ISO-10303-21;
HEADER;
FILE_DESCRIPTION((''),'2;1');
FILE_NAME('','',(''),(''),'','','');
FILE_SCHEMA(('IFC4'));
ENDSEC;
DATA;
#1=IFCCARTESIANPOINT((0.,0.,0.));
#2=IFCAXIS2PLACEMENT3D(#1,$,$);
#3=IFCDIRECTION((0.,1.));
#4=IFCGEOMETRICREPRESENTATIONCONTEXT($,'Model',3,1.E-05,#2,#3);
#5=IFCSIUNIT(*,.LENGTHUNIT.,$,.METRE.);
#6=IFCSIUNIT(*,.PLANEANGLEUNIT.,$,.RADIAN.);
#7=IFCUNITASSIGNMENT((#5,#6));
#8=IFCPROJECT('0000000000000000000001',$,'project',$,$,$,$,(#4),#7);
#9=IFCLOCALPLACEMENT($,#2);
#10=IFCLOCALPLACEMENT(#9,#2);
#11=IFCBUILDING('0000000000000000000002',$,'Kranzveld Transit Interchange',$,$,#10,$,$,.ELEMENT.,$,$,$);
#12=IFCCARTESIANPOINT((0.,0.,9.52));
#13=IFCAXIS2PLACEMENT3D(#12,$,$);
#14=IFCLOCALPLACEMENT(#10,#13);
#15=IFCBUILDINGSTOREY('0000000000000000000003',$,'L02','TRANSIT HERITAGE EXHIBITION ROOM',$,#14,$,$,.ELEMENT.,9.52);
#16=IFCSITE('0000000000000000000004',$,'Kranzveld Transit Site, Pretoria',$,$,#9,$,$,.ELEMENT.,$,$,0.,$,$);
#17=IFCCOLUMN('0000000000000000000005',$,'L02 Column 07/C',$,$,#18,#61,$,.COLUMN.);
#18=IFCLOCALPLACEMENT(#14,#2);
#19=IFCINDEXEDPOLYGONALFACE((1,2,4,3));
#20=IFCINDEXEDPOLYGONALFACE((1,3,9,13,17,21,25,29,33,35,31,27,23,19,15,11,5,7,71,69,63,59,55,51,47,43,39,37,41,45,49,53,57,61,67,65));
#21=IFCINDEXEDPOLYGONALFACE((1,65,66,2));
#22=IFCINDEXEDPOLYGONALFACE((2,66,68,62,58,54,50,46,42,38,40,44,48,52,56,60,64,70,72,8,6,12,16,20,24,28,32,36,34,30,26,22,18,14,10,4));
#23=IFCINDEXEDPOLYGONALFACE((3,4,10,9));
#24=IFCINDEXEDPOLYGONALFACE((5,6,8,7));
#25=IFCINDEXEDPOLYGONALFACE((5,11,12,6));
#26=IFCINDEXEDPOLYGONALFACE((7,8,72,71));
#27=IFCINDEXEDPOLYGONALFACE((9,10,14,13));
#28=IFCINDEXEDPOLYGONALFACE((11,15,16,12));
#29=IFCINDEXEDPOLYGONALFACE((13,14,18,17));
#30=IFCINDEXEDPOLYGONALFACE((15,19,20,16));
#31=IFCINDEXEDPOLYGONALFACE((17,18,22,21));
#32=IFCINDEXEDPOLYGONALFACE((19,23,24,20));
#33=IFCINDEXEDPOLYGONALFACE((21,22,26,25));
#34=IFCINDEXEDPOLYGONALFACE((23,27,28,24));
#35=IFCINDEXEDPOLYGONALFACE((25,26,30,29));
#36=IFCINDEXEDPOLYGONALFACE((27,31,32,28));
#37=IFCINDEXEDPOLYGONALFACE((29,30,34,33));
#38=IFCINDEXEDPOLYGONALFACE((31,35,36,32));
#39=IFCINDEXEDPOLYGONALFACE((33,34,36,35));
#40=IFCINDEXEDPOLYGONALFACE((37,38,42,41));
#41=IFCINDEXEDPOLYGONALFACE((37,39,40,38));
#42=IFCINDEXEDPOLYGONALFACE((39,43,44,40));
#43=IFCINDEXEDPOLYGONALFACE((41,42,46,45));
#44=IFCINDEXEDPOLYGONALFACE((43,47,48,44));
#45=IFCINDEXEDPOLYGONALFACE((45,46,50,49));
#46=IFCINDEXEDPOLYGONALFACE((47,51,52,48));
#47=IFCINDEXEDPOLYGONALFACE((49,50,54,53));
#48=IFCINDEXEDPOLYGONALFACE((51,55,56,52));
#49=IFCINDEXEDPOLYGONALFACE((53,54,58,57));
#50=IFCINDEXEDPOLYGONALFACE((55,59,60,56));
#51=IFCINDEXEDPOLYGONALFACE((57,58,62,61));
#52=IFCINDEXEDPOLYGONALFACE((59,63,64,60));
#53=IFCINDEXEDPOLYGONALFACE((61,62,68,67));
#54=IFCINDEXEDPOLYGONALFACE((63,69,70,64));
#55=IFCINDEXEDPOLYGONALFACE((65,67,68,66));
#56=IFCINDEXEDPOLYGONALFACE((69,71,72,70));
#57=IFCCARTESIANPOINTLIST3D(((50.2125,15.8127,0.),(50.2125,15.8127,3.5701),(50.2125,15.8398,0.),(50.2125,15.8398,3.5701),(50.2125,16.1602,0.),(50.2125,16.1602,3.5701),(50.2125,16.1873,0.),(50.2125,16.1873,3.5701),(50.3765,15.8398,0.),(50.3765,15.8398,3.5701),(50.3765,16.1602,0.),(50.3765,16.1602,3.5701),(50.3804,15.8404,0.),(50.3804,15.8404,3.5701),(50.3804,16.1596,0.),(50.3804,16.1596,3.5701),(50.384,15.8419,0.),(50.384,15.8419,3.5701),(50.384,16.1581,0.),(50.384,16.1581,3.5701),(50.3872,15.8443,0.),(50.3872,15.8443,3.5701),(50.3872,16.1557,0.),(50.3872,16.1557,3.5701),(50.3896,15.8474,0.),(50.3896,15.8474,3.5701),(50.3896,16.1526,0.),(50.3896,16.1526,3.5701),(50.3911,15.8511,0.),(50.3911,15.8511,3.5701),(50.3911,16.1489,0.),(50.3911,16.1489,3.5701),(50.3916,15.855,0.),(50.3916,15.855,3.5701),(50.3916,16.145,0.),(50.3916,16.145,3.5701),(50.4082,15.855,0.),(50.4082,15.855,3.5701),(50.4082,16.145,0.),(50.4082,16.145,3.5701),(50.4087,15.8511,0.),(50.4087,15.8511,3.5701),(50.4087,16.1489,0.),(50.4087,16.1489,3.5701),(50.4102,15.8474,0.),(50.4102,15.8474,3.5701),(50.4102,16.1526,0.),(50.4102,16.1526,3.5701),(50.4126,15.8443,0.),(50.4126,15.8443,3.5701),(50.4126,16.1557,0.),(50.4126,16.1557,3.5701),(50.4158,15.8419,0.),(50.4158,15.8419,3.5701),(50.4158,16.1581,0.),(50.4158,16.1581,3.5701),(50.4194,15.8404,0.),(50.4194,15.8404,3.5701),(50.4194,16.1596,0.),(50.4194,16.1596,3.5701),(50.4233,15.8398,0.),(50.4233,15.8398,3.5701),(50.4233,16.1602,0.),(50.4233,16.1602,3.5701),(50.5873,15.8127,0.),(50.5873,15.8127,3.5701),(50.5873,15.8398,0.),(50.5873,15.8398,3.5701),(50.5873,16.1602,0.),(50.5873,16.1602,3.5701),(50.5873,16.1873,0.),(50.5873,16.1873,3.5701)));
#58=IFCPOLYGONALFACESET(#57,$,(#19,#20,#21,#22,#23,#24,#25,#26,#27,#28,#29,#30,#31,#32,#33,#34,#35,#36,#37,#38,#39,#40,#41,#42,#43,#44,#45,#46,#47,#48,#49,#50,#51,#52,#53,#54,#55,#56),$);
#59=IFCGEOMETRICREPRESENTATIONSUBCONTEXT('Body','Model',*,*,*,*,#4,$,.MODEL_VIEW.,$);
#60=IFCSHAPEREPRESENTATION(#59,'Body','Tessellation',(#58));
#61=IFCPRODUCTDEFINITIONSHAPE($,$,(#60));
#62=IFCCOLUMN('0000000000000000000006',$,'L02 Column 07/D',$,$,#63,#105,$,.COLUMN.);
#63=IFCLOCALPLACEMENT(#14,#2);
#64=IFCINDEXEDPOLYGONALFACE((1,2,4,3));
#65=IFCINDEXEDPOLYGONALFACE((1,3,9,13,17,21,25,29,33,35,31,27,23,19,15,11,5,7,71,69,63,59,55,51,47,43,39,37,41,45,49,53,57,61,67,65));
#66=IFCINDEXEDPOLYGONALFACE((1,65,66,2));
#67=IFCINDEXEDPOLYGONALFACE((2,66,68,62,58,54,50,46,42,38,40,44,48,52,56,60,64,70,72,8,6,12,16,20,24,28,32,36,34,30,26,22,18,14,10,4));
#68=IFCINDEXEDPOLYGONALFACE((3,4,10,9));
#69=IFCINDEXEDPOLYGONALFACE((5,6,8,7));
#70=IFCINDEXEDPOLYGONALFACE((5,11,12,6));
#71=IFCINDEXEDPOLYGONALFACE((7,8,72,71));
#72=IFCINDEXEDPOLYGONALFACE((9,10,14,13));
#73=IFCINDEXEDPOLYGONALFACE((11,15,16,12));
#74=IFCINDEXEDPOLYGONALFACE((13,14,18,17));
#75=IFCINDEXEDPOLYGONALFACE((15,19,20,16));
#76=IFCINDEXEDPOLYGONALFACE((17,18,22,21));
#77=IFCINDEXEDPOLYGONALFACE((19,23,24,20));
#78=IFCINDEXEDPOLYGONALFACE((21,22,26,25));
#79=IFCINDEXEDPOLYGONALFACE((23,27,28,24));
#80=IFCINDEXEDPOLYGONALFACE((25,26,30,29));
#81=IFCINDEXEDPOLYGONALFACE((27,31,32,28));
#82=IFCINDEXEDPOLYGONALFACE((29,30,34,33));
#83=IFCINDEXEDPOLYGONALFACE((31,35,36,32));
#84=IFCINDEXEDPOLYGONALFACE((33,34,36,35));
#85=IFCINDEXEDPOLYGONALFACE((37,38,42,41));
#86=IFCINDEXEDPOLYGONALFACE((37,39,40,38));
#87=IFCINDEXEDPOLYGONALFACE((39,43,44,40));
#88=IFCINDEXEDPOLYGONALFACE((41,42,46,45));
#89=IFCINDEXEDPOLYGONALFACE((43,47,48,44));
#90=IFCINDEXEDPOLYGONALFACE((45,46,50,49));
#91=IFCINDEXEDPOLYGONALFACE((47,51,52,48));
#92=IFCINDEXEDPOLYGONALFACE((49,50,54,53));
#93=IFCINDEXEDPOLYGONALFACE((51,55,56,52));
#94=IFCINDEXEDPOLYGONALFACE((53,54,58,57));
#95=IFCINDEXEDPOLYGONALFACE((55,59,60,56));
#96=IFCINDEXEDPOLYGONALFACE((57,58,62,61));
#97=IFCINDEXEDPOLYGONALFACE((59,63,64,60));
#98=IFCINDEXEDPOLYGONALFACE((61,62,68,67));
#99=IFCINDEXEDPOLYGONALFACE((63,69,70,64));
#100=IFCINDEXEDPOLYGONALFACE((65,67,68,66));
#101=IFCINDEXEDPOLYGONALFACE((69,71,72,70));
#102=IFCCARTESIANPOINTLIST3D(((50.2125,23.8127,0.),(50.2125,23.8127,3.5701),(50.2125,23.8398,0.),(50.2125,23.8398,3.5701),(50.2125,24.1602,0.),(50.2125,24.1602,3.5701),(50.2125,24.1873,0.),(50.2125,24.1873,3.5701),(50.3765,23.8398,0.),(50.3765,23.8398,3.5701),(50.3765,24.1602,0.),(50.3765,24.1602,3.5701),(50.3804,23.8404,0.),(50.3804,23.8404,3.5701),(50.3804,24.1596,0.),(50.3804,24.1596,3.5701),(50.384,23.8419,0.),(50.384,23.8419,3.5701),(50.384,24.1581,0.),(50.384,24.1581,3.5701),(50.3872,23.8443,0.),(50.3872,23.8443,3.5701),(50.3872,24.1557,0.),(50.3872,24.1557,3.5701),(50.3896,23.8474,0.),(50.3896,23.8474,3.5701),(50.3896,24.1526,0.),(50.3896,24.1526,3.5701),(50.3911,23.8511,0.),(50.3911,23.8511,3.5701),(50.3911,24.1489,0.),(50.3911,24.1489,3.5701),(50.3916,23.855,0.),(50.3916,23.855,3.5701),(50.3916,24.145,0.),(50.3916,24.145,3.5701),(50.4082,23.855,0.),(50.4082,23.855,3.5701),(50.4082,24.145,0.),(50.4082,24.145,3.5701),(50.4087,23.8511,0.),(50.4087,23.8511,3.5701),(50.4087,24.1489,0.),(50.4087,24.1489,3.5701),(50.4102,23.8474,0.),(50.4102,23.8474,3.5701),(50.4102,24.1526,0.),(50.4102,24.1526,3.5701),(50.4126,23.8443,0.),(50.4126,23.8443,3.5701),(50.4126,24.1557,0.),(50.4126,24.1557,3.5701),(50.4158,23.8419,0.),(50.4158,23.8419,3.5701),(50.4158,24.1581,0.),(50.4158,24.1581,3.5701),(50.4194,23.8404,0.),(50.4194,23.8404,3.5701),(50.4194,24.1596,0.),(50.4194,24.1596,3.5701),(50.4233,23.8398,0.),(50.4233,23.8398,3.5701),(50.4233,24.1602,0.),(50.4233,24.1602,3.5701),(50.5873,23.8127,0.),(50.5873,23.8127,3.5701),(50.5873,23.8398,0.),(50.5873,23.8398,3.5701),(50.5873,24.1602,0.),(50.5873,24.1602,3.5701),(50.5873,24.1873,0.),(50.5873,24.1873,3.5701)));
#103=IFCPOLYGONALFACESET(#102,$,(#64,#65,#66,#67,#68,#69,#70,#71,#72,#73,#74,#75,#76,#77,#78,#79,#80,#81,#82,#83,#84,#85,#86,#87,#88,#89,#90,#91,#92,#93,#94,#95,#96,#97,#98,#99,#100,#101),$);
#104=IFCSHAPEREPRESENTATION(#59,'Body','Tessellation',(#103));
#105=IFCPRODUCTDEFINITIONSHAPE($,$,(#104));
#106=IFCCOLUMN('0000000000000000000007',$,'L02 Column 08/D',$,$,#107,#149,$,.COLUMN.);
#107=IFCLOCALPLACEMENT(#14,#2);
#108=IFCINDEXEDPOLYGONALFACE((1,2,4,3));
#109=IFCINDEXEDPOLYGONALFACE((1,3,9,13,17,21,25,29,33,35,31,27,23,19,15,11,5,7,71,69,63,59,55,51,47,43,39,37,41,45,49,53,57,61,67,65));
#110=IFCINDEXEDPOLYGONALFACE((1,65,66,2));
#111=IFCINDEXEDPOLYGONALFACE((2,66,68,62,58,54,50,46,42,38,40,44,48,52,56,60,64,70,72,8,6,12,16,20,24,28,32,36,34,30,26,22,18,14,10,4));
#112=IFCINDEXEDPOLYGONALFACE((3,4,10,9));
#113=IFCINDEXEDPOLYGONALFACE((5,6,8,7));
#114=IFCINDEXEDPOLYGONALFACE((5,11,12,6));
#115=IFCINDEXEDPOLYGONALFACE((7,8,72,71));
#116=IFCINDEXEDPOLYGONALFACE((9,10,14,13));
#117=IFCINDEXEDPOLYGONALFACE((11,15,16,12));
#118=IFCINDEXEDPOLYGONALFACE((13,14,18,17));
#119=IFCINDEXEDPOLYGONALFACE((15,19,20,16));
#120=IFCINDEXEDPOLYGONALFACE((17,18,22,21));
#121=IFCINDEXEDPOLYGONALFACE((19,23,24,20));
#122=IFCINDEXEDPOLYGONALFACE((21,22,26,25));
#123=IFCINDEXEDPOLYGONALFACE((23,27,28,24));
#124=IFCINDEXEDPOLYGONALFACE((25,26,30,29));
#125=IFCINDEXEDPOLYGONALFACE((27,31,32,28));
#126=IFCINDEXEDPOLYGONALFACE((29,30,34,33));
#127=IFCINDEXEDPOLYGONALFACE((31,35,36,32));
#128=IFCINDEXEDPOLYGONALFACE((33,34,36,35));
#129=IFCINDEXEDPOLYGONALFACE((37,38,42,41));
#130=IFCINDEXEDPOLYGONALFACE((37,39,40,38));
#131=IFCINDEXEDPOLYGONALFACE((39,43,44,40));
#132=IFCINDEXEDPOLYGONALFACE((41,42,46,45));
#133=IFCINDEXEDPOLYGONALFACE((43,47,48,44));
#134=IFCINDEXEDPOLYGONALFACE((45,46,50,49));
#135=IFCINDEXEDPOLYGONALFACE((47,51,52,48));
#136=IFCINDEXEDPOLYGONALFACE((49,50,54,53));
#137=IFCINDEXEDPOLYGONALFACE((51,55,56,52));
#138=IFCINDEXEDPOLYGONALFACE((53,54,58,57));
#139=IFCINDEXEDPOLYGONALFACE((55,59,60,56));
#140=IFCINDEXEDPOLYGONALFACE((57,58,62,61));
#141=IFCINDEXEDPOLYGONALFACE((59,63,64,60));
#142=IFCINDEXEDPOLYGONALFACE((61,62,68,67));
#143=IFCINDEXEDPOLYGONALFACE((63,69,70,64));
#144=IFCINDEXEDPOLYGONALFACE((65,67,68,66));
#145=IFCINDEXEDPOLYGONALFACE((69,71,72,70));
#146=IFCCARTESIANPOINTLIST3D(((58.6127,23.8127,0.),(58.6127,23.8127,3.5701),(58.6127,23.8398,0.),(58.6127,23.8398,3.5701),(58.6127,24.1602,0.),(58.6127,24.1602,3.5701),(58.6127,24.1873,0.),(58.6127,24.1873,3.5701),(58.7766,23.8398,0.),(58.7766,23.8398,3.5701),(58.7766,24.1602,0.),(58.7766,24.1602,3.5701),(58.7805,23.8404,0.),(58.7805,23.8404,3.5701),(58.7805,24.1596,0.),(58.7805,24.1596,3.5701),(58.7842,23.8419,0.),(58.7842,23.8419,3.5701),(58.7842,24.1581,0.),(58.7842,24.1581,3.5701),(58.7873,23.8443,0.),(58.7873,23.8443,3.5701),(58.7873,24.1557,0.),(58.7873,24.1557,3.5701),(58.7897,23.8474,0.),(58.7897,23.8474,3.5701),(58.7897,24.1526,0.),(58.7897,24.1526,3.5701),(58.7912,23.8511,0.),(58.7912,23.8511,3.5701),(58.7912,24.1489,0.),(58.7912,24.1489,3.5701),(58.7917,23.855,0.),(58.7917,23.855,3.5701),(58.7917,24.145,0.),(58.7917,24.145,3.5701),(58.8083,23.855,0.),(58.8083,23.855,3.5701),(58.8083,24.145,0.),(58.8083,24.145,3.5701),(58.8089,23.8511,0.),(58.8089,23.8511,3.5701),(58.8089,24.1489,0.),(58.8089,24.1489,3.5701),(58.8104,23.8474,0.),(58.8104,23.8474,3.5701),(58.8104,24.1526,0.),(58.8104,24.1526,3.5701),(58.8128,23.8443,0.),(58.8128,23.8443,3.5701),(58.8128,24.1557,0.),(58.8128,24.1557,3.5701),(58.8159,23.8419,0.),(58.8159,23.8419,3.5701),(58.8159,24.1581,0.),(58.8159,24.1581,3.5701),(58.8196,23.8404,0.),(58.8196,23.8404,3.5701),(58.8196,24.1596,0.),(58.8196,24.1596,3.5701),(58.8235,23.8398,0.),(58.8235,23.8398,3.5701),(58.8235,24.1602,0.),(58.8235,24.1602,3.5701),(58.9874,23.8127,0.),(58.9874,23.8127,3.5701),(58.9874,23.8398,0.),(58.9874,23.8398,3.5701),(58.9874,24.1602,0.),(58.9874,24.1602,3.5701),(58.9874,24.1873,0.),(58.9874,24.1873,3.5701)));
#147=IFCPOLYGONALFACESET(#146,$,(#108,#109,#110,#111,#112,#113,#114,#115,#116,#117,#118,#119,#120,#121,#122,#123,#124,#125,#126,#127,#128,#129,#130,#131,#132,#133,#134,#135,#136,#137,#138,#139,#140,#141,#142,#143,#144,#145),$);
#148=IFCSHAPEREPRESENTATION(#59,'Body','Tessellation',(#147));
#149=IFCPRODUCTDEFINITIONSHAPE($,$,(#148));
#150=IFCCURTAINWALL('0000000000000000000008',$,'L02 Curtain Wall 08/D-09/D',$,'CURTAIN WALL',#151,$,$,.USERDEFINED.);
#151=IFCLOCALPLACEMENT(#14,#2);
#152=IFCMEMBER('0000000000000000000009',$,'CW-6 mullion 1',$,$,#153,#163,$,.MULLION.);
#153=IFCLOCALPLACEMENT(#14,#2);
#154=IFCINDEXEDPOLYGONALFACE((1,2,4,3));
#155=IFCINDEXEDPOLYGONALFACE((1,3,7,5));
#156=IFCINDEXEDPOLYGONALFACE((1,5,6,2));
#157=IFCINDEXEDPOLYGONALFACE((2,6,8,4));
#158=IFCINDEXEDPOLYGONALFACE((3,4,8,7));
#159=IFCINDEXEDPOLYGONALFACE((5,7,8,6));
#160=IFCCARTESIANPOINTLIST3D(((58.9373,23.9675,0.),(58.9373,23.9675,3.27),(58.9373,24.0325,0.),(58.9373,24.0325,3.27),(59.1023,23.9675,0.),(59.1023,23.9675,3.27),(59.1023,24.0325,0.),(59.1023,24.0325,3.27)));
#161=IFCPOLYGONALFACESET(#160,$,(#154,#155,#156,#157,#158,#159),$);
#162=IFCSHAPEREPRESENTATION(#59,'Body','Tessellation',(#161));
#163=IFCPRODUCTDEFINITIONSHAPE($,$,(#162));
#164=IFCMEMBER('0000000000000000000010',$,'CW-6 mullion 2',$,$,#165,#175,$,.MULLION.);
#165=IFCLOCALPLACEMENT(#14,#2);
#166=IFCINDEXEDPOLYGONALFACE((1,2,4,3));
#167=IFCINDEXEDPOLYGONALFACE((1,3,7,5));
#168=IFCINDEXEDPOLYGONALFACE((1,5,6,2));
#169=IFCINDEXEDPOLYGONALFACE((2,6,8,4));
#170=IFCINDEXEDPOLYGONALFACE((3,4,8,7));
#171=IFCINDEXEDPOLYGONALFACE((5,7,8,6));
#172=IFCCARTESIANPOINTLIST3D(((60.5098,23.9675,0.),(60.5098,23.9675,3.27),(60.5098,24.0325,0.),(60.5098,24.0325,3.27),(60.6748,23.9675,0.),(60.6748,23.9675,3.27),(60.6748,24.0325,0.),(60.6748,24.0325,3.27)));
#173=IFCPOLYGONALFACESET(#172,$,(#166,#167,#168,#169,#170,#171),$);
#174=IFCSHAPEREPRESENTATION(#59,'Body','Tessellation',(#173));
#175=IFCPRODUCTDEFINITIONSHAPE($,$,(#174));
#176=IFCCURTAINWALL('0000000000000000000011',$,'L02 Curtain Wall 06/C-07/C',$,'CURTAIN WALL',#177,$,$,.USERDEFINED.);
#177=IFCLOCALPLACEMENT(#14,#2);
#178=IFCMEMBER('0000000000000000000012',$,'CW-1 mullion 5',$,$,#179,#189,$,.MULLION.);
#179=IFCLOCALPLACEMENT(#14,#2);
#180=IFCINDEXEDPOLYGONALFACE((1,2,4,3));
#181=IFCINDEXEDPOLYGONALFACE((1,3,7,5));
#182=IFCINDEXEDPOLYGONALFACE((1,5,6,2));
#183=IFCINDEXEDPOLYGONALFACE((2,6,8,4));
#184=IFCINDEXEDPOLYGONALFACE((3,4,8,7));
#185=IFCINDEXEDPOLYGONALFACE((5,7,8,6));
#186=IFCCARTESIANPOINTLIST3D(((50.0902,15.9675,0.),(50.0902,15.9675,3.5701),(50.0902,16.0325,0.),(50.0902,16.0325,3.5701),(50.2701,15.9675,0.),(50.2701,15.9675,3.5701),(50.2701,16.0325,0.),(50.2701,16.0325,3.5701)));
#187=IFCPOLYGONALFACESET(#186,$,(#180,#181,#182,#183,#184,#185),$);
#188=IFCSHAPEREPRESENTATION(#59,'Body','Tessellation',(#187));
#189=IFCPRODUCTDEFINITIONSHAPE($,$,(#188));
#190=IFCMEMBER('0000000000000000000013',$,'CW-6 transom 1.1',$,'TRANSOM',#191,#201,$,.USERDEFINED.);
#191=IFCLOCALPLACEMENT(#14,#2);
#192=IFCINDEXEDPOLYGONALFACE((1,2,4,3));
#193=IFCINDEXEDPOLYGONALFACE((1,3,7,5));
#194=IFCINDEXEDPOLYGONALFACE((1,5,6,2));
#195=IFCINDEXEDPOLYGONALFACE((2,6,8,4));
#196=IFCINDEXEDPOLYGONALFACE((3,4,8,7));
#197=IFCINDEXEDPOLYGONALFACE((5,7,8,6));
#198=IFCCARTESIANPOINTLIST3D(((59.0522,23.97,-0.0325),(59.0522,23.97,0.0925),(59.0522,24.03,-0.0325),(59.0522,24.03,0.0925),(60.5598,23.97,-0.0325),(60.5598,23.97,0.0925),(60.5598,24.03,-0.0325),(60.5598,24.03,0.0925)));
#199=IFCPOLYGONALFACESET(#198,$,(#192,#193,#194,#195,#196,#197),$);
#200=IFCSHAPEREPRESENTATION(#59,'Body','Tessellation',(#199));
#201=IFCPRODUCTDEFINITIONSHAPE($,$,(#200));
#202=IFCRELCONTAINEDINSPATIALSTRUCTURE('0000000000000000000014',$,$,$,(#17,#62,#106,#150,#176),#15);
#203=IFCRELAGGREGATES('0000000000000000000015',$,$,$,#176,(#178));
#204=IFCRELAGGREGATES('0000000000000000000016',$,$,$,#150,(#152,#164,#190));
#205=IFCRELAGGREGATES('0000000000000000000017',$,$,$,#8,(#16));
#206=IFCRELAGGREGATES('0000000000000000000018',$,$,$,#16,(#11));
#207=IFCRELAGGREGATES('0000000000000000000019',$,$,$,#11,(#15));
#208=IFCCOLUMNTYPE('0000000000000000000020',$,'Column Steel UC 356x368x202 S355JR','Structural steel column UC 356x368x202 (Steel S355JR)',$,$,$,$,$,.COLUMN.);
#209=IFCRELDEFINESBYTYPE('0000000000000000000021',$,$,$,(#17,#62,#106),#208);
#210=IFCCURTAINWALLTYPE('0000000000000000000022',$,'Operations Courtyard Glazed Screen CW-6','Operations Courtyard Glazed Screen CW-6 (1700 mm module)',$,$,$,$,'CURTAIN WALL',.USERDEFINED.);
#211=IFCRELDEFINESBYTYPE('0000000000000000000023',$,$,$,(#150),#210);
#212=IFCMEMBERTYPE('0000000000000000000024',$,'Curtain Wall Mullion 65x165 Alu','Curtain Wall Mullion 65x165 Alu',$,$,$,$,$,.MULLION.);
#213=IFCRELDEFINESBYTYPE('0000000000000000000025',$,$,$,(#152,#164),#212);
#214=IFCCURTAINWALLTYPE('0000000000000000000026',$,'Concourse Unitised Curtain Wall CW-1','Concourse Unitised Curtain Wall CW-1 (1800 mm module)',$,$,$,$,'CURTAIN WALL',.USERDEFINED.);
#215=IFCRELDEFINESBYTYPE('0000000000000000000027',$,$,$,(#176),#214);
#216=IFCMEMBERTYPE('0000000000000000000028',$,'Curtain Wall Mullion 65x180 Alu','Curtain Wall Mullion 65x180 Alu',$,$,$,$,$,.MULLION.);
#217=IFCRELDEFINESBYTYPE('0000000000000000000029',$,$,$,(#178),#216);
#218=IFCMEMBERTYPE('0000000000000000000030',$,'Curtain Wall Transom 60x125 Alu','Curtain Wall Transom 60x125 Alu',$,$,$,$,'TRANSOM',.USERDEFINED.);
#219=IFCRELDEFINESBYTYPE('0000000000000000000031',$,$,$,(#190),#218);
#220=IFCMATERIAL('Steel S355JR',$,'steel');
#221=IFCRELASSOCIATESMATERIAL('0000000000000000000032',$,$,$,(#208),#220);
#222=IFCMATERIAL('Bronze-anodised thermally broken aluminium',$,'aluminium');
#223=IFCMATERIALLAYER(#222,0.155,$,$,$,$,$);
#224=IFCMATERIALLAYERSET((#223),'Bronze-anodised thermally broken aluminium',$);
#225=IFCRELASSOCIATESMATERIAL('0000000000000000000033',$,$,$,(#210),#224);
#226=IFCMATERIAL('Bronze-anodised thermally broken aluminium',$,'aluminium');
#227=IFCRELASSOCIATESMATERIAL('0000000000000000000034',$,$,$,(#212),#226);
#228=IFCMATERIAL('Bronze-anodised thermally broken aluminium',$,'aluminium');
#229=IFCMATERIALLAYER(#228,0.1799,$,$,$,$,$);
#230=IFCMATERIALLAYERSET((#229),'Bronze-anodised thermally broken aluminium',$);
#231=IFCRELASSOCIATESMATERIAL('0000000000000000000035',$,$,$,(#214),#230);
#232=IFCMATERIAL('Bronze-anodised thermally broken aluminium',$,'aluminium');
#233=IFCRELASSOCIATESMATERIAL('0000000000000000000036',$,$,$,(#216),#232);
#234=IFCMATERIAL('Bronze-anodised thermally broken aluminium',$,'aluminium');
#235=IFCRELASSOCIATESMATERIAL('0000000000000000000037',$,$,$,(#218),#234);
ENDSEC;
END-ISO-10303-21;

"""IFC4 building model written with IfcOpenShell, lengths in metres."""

from ifc_helpers import new_model, si_unit, direction, frame, origin, origin_2d, place, context, subcontext, project, spatial, rectangle, i_section, extrude, material, layer, layer_set, material_profile, profile_set, type_object, element, aggregate, save


model = new_model("IFC4")

# Units and contexts
model_context = context("Model", 3, precision=1e-05, world=origin(), true_north=direction((0.0, 1.0)))
body_context = subcontext(model_context, "Body", "Model", "MODEL_VIEW")
ifc_project = project(units=[si_unit("LENGTHUNIT", "METRE"), si_unit("PLANEANGLEUNIT", "RADIAN")], contexts=[model_context])

# Site, building, storey
site_placement = place(None, origin())
site = spatial("IfcSite", under=ifc_project, at=site_placement, Name="Kranzveld Transit Site, Pretoria", CompositionType="ELEMENT", RefElevation=0.0)
building_placement = place(site_placement, origin())
building = spatial("IfcBuilding", under=site, at=building_placement, Name="Kranzveld Transit Interchange", CompositionType="ELEMENT")
storey_placement = place(building_placement, frame((0.0, 0.0, 9.52)))
storey = spatial("IfcBuildingStorey", under=building, at=storey_placement, Name="L02", Description="TRANSIT HERITAGE EXHIBITION ROOM", CompositionType="ELEMENT", Elevation=9.52)

# Columns
ifc_material_1 = material(Name="Steel S355JR", Category="steel")
ifc_material_profile_1 = material_profile(ifc_material_1, i_section(OverallWidth=0.3748, OverallDepth=0.3745, WebThickness=0.0166, FlangeThickness=0.0271, FilletRadius=0.0151, at=origin_2d()), Name="UC 356x368x202")
ifc_profile_set_1 = profile_set([ifc_material_profile_1], Name="Steel S355JR")
column_type = type_object("IfcColumnType", Name="Column Steel UC 356x368x202 S355JR", Description="Structural steel column UC 356x368x202 (Steel S355JR)", PredefinedType="COLUMN", material=ifc_profile_set_1)
for number, where, z_axis, x_axis, name in (
    (1, (50.3999, 16.0, 0.0), (0.0, 0.0, 1.0), (1.0, 0.0, 0.0), "L02 Column 07/C"),
    (2, (50.3999, 24.0, 0.0), (0.0, 0.0, 1.0), (1.0, 0.0, 0.0), "L02 Column 07/D"),
    (3, (58.8, 24.0, 0.0), (0.0, 0.0, 1.0), (1.0, 0.0, 0.0), "L02 Column 08/D"),
):
    element("IfcColumn", number, at=place(storey_placement, frame(where, z_axis=z_axis, x_axis=x_axis)), inside=storey, type_object=column_type, Name=name, PredefinedType="COLUMN", context=body_context, shape_type="SweptSolid", body=[
        extrude(i_section(OverallWidth=0.3748, OverallDepth=0.3745, WebThickness=0.0166, FlangeThickness=0.0271, FilletRadius=0.0151, at=origin_2d()), origin(), (0.0, 0.0, 1.0), 3.5701),
    ])

# Curtain wall, members
ifc_material_2 = material(Name="Bronze-anodised thermally broken aluminium", Category="aluminium")
ifc_layer_1 = layer(ifc_material_2, 0.155)
ifc_layer_set_1 = layer_set([ifc_layer_1], Name="Bronze-anodised thermally broken aluminium")
curtain_wall_type_1 = type_object("IfcCurtainWallType", Name="Operations Courtyard Glazed Screen CW-6", Description="Operations Courtyard Glazed Screen CW-6 (1700 mm module)", ElementType="CURTAIN WALL", PredefinedType="USERDEFINED", material=ifc_layer_set_1)
curtain_wall_1_placement = place(storey_placement, origin())
curtain_wall_1 = element("IfcCurtainWall", 4, at=curtain_wall_1_placement, inside=storey, type_object=curtain_wall_type_1, Name="L02 Curtain Wall 08/D-09/D", ObjectType="CURTAIN WALL", PredefinedType="USERDEFINED")
ifc_material_3 = material(Name="Bronze-anodised thermally broken aluminium", Category="aluminium")
ifc_material_profile_2 = material_profile(ifc_material_3, rectangle(XDim=0.0649, YDim=0.165, at=origin_2d()), Name="ALU MULLION 65x165")
ifc_profile_set_2 = profile_set([ifc_material_profile_2], Name="Bronze-anodised thermally broken aluminium")
member_type_1 = type_object("IfcMemberType", Name="Curtain Wall Mullion 65x165 Alu", Description="Curtain Wall Mullion 65x165 Alu", PredefinedType="MULLION", material=ifc_profile_set_2)
member_1_placement = place(storey_placement, frame((59.0198, 24.0, 0.0), z_axis=(0.0, 0.0, 1.0), x_axis=(0.0, 1.0, 0.0)))
member_1 = element("IfcMember", 5, at=member_1_placement, type_object=member_type_1, Name="CW-6 mullion 1", PredefinedType="MULLION", context=body_context, shape_type="SweptSolid", body=[
    extrude(rectangle(XDim=0.0649, YDim=0.165, at=origin_2d()), origin(), (0.0, 0.0, 1.0), 3.27),
])
member_2_placement = place(storey_placement, frame((60.5923, 24.0, 0.0), z_axis=(0.0, 0.0, 1.0), x_axis=(0.0, 1.0, 0.0)))
member_2 = element("IfcMember", 6, at=member_2_placement, type_object=member_type_1, Name="CW-6 mullion 2", PredefinedType="MULLION", context=body_context, shape_type="SweptSolid", body=[
    extrude(rectangle(XDim=0.0649, YDim=0.165, at=origin_2d()), origin(), (0.0, 0.0, 1.0), 3.27),
])

# Curtain wall, member
ifc_material_4 = material(Name="Bronze-anodised thermally broken aluminium", Category="aluminium")
ifc_layer_2 = layer(ifc_material_4, 0.1799)
ifc_layer_set_2 = layer_set([ifc_layer_2], Name="Bronze-anodised thermally broken aluminium")
curtain_wall_type_2 = type_object("IfcCurtainWallType", Name="Concourse Unitised Curtain Wall CW-1", Description="Concourse Unitised Curtain Wall CW-1 (1800 mm module)", ElementType="CURTAIN WALL", PredefinedType="USERDEFINED", material=ifc_layer_set_2)
curtain_wall_2_placement = place(storey_placement, origin())
curtain_wall_2 = element("IfcCurtainWall", 7, at=curtain_wall_2_placement, inside=storey, type_object=curtain_wall_type_2, Name="L02 Curtain Wall 06/C-07/C", ObjectType="CURTAIN WALL", PredefinedType="USERDEFINED")
ifc_material_5 = material(Name="Bronze-anodised thermally broken aluminium", Category="aluminium")
ifc_material_profile_3 = material_profile(ifc_material_5, rectangle(XDim=0.0649, YDim=0.1799, at=origin_2d()), Name="ALU MULLION 65x180")
ifc_profile_set_3 = profile_set([ifc_material_profile_3], Name="Bronze-anodised thermally broken aluminium")
member_type_2 = type_object("IfcMemberType", Name="Curtain Wall Mullion 65x180 Alu", Description="Curtain Wall Mullion 65x180 Alu", PredefinedType="MULLION", material=ifc_profile_set_3)
member_3_placement = place(storey_placement, frame((50.1802, 16.0, 0.0), z_axis=(0.0, 0.0, 1.0), x_axis=(0.0, 1.0, 0.0)))
member_3 = element("IfcMember", 8, at=member_3_placement, type_object=member_type_2, Name="CW-1 mullion 5", PredefinedType="MULLION", context=body_context, shape_type="SweptSolid", body=[
    extrude(rectangle(XDim=0.0649, YDim=0.1799, at=origin_2d()), origin(), (0.0, 0.0, 1.0), 3.5701),
])

# Member
ifc_material_6 = material(Name="Bronze-anodised thermally broken aluminium", Category="aluminium")
ifc_material_profile_4 = material_profile(ifc_material_6, rectangle(XDim=0.0601, YDim=0.125, at=origin_2d()), Name="ALU TRANSOM 60x125")
ifc_profile_set_4 = profile_set([ifc_material_profile_4], Name="Bronze-anodised thermally broken aluminium")
member_type_3 = type_object("IfcMemberType", Name="Curtain Wall Transom 60x125 Alu", Description="Curtain Wall Transom 60x125 Alu", ElementType="TRANSOM", PredefinedType="USERDEFINED", material=ifc_profile_set_4)
member_4_placement = place(storey_placement, frame((59.0522, 24.0, 0.03), z_axis=(1.0, 0.0, 0.0), x_axis=(0.0, 1.0, 0.0)))
member_4 = element("IfcMember", 9, at=member_4_placement, type_object=member_type_3, Name="CW-6 transom 1.1", ObjectType="TRANSOM", PredefinedType="USERDEFINED", context=body_context, shape_type="SweptSolid", body=[
    extrude(rectangle(XDim=0.0601, YDim=0.125, at=origin_2d()), origin(), (0.0, 0.0, 1.0), 1.5076),
])

aggregate(curtain_wall_2, [member_3])
aggregate(curtain_wall_1, [member_1, member_2, member_4])

save(model, "model.ifc")
